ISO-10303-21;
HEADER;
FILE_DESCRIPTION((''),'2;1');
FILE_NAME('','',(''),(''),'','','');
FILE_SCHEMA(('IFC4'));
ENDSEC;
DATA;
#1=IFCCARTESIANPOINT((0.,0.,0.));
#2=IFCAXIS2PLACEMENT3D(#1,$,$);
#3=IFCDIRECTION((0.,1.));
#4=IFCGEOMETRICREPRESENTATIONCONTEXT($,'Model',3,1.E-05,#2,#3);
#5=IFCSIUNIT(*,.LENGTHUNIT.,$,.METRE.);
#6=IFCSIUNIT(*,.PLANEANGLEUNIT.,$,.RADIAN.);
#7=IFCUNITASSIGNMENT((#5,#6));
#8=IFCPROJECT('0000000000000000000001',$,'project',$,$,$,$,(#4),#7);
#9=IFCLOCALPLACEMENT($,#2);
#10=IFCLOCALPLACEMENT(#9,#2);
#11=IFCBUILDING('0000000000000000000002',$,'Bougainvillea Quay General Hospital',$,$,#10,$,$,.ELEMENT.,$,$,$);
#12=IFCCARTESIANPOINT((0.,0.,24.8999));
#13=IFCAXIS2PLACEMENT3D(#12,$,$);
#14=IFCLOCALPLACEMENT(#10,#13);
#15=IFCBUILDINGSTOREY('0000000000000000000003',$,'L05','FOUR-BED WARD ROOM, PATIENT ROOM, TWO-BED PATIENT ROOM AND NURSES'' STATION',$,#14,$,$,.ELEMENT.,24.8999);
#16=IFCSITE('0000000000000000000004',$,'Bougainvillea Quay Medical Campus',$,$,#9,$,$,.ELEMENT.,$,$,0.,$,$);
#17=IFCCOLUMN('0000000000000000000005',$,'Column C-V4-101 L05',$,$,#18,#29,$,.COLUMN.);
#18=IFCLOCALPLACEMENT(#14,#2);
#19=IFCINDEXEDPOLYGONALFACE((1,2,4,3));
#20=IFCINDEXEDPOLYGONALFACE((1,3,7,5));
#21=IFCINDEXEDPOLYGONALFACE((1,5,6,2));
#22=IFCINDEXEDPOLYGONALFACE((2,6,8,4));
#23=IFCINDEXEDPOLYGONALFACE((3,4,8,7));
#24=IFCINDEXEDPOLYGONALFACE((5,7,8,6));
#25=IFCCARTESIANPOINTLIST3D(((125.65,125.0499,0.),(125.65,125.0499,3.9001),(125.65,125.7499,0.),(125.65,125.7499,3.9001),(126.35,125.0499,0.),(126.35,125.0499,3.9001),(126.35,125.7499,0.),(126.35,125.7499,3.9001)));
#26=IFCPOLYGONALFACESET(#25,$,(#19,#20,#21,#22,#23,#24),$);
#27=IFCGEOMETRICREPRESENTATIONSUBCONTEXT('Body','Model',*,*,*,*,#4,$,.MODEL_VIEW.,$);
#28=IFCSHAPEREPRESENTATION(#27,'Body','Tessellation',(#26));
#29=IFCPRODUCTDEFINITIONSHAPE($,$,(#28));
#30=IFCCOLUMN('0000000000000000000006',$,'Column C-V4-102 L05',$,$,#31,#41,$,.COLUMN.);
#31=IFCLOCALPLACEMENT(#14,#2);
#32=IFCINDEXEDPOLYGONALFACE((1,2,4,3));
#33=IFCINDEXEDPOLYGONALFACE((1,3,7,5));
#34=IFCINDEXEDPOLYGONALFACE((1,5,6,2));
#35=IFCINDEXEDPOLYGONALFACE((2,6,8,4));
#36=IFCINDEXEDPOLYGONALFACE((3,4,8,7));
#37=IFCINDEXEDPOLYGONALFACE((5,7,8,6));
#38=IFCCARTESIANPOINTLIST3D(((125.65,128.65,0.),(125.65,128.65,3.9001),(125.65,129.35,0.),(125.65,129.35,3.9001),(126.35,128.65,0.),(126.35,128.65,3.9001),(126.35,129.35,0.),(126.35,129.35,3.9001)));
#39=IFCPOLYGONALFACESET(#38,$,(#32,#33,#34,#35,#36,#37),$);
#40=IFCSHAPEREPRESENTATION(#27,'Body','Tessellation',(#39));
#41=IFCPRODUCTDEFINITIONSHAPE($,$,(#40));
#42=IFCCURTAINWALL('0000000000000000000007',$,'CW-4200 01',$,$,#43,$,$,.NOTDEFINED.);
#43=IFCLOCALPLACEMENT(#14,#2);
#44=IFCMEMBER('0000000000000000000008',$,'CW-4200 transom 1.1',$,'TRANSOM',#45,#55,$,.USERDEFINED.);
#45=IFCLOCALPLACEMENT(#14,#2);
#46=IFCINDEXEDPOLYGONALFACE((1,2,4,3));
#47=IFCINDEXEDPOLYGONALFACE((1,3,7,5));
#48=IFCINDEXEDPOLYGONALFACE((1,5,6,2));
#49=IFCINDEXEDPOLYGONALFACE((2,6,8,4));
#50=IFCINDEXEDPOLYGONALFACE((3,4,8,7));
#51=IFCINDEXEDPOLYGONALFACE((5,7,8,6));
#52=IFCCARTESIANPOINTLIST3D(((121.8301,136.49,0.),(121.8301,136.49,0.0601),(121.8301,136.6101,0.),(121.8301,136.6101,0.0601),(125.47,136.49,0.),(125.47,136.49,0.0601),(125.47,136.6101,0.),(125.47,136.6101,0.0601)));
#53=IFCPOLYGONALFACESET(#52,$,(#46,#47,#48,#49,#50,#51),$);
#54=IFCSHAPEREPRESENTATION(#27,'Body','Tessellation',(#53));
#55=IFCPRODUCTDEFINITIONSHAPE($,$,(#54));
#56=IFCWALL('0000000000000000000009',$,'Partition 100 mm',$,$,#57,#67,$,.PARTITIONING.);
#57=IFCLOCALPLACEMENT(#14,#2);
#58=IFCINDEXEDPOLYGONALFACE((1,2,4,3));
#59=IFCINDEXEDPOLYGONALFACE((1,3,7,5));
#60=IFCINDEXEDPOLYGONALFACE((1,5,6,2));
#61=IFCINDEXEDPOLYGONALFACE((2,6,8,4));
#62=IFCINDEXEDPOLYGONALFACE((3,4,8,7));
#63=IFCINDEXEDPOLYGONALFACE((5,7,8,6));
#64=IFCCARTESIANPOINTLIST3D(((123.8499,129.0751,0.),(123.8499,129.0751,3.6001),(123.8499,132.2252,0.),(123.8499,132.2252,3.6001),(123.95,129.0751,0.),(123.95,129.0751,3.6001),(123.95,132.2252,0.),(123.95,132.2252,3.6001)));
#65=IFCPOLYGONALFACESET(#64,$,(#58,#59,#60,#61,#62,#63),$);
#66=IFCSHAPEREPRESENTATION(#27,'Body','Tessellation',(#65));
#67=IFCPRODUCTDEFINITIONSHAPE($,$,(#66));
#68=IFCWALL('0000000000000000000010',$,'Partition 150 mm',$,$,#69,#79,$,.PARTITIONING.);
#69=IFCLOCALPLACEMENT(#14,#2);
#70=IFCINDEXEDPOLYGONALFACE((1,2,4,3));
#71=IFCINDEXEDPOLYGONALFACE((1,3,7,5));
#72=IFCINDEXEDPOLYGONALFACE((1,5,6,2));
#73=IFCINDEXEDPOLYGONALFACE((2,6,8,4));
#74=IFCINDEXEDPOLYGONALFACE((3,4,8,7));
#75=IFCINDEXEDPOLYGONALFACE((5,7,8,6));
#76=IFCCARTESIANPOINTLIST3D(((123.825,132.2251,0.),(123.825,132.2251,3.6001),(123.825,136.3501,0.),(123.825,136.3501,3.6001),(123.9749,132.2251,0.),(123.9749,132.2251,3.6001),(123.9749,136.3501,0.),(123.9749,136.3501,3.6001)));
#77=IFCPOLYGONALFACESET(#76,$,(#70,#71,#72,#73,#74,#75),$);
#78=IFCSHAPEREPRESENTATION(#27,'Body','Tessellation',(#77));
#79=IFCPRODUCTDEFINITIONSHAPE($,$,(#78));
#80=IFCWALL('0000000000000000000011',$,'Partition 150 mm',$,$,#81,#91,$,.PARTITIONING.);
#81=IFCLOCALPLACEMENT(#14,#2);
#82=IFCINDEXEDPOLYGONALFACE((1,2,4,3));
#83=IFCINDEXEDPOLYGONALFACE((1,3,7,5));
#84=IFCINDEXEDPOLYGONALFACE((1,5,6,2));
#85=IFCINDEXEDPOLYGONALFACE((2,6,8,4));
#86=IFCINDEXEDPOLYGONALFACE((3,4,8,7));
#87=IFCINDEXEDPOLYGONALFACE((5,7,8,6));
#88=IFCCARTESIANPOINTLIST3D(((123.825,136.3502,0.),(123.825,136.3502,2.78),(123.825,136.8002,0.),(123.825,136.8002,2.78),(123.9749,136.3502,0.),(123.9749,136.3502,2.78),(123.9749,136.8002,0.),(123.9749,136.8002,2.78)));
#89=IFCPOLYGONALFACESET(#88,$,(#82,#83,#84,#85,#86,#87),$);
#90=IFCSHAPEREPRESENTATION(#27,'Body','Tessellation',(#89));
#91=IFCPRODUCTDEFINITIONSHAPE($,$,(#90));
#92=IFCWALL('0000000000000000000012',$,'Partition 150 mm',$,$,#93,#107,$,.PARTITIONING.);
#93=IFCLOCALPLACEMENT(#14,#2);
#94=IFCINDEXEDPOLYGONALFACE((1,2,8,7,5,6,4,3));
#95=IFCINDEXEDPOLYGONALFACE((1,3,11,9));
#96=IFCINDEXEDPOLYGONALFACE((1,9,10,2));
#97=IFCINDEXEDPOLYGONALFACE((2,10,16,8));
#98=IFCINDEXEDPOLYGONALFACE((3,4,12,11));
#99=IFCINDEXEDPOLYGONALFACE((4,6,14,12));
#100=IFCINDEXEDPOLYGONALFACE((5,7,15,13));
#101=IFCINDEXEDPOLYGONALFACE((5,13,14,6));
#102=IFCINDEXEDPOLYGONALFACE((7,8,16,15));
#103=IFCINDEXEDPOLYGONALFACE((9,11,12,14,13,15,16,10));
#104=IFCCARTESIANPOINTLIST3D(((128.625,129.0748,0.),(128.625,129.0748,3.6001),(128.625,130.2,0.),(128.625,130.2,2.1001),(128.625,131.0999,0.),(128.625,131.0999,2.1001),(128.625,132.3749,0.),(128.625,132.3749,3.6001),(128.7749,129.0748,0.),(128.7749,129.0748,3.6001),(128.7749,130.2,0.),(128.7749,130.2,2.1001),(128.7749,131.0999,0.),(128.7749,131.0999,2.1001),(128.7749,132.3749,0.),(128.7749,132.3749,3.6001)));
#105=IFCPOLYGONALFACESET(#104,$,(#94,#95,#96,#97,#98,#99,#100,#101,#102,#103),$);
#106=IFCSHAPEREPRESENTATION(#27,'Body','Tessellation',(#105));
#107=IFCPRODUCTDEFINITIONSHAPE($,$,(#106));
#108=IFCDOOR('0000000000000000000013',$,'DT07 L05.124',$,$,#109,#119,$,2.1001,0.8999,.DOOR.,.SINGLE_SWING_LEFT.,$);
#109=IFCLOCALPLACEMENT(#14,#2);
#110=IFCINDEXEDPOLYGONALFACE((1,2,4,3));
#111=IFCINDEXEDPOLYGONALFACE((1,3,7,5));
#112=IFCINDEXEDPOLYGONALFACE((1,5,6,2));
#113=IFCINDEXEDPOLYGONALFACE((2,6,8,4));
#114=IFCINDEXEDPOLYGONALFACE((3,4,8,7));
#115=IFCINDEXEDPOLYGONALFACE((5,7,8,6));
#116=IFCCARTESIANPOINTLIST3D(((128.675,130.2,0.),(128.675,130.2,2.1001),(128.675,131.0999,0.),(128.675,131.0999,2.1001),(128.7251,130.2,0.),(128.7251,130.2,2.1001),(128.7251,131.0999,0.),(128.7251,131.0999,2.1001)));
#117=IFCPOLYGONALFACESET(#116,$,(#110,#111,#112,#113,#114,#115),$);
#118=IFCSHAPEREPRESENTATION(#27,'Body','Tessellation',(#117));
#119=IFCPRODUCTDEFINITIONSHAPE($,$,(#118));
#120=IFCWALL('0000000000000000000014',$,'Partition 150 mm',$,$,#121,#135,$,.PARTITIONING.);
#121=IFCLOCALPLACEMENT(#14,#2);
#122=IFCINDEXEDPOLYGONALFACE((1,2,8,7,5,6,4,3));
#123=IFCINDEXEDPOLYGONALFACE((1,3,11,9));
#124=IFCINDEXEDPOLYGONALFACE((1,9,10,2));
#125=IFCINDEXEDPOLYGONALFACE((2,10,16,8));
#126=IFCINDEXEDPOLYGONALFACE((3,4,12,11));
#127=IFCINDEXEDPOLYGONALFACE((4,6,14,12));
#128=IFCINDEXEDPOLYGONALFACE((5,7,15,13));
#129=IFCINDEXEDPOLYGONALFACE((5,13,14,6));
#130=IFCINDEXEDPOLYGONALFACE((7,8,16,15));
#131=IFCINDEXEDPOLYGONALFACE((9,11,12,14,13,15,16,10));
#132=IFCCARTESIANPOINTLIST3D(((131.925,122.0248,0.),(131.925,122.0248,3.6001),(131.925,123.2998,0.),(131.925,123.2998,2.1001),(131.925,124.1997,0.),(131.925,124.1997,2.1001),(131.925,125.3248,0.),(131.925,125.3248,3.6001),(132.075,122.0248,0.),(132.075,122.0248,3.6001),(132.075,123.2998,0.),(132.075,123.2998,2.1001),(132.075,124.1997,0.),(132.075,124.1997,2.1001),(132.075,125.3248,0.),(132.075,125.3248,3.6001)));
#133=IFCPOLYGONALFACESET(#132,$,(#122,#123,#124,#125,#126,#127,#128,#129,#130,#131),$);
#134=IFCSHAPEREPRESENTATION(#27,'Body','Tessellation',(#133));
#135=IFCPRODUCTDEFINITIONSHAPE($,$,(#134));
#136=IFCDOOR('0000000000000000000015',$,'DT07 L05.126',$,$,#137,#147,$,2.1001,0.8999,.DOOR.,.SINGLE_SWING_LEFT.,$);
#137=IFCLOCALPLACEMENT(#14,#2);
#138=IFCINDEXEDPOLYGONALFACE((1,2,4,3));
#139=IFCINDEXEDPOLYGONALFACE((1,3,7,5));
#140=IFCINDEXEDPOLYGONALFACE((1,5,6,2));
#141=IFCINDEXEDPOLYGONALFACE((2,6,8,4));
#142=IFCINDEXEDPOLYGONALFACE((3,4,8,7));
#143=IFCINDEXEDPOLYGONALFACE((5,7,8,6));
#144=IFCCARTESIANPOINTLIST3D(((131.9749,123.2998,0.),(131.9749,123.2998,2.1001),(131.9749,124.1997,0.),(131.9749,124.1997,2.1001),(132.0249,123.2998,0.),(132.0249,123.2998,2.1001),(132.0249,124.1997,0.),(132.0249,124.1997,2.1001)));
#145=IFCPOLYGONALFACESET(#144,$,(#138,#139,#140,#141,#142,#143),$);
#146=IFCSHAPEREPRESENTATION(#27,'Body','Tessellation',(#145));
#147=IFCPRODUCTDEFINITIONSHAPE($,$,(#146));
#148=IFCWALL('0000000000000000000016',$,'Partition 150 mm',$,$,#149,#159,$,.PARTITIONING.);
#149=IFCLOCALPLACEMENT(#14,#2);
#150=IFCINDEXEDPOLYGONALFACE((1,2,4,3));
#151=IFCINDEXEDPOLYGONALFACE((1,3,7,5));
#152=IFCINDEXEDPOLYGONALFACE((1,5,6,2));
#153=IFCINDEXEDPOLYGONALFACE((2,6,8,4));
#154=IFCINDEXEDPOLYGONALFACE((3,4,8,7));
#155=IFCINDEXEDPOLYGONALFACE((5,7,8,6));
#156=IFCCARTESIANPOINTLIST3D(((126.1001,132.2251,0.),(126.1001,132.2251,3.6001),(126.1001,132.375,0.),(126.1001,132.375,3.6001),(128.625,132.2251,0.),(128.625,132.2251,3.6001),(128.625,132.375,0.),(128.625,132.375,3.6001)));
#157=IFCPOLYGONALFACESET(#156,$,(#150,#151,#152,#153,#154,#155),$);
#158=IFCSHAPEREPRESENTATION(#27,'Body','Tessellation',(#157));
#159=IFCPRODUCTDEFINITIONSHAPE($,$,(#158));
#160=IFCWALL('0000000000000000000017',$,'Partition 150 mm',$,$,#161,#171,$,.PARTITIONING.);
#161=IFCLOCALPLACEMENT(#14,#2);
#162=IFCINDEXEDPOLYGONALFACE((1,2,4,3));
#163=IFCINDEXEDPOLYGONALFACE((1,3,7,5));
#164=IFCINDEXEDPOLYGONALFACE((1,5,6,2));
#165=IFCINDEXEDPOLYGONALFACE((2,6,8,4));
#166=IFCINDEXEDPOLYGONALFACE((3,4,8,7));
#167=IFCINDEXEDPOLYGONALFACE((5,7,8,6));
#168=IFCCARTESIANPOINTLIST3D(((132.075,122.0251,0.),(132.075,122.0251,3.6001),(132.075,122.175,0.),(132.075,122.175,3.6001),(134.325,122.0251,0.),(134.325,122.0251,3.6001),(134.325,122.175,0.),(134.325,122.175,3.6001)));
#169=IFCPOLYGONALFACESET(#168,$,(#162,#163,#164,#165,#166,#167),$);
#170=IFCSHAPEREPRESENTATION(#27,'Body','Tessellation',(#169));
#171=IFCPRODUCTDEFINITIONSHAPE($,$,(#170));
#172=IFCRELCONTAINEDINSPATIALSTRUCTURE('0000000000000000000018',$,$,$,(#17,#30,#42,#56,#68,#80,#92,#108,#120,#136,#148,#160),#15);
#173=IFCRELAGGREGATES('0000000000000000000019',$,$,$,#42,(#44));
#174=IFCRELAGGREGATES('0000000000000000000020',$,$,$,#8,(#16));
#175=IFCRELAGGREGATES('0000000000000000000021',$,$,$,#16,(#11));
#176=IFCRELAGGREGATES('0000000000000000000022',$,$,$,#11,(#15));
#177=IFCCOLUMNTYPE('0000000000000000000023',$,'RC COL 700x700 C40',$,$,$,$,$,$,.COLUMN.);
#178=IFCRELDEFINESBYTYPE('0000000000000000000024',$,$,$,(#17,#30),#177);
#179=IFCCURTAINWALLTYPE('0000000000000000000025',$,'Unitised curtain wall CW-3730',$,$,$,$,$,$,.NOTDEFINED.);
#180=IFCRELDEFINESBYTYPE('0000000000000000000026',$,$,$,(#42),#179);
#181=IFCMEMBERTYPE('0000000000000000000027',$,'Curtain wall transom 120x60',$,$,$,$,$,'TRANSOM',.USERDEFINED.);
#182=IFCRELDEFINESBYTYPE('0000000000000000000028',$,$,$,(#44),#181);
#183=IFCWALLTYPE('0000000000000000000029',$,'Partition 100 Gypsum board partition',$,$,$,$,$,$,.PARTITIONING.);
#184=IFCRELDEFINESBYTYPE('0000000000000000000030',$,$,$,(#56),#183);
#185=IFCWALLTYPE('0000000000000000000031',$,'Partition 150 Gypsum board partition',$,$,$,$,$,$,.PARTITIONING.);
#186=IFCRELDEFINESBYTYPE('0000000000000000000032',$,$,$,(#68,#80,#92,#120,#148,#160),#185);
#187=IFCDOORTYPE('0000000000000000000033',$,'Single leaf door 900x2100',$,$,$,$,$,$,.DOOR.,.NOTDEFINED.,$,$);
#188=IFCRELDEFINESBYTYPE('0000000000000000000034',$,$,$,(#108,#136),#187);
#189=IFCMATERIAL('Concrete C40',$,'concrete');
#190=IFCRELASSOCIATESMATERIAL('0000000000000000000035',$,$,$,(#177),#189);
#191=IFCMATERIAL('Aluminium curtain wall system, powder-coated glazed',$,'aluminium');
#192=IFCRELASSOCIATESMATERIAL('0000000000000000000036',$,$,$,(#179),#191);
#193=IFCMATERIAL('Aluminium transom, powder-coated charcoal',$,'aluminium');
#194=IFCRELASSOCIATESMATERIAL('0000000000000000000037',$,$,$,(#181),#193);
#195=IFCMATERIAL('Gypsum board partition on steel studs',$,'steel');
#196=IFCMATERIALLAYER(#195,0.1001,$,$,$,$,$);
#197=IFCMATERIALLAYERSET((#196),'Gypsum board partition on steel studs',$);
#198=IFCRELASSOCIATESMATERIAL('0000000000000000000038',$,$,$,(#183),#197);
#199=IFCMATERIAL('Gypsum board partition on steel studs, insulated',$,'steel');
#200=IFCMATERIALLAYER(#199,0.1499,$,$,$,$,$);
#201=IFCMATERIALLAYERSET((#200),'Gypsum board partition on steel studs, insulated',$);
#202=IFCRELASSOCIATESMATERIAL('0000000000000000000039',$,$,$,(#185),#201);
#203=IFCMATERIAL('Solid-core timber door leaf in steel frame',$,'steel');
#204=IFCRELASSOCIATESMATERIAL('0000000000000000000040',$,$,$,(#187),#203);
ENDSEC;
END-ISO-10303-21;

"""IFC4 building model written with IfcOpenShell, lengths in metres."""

from ifc_helpers import new_model, si_unit, direction, frame, frame_2d, origin, origin_2d, place, context, subcontext, project, spatial, rectangle, extrude, material, layer, layer_set, material_profile, profile_set, type_object, element, fill, aggregate, save


model = new_model("IFC4")

# Units and contexts
model_context = context("Model", 3, precision=1e-05, world=origin(), true_north=direction((0.0, 1.0)))
body_context = subcontext(model_context, "Body", "Model", "MODEL_VIEW")
ifc_project = project(units=[si_unit("LENGTHUNIT", "METRE"), si_unit("PLANEANGLEUNIT", "RADIAN")], contexts=[model_context])

# Site, building, storey
site_placement = place(None, origin())
site = spatial("IfcSite", under=ifc_project, at=site_placement, Name="Bougainvillea Quay Medical Campus", CompositionType="ELEMENT", RefElevation=0.0)
building_placement = place(site_placement, origin())
building = spatial("IfcBuilding", under=site, at=building_placement, Name="Bougainvillea Quay General Hospital", CompositionType="ELEMENT")
storey_placement = place(building_placement, frame((0.0, 0.0, 24.8999)))
storey = spatial("IfcBuildingStorey", under=building, at=storey_placement, Name="L05", Description="FOUR-BED WARD ROOM, PATIENT ROOM, TWO-BED PATIENT ROOM AND NURSES' STATION", CompositionType="ELEMENT", Elevation=24.8999)

# Columns
ifc_material_1 = material(Name="Concrete C40", Category="concrete")
ifc_material_profile_1 = material_profile(ifc_material_1, rectangle(XDim=0.7, YDim=0.7, at=origin_2d()))
ifc_profile_set_1 = profile_set([ifc_material_profile_1], Name="Concrete C40")
column_type = type_object("IfcColumnType", Name="RC COL 700x700 C40", PredefinedType="COLUMN", material=ifc_profile_set_1)
for number, where, z_axis, x_axis, name in (
    (1, (126.0, 125.3999, 0.0), (0.0, 0.0, 1.0), (1.0, 0.0, 0.0), "Column C-V4-101 L05"),
    (2, (126.0, 129.0, 0.0), (0.0, 0.0, 1.0), (1.0, 0.0, 0.0), "Column C-V4-102 L05"),
):
    element("IfcColumn", number, at=place(storey_placement, frame(where, z_axis=z_axis, x_axis=x_axis)), inside=storey, type_object=column_type, Name=name, PredefinedType="COLUMN", context=body_context, shape_type="SweptSolid", body=[
        extrude(rectangle(XDim=0.7, YDim=0.7, at=origin_2d()), origin(), (0.0, 0.0, 1.0), 3.9001),
    ])

# Curtain wall, member
ifc_material_2 = material(Name="Aluminium curtain wall system, powder-coated glazed", Category="aluminium")
curtain_wall_type = type_object("IfcCurtainWallType", Name="Unitised curtain wall CW-3730", PredefinedType="NOTDEFINED", material=ifc_material_2)
curtain_wall_placement = place(storey_placement, origin())
curtain_wall = element("IfcCurtainWall", 3, at=curtain_wall_placement, inside=storey, type_object=curtain_wall_type, Name="CW-4200 01", PredefinedType="NOTDEFINED")
ifc_material_3 = material(Name="Aluminium transom, powder-coated charcoal", Category="aluminium")
ifc_material_profile_2 = material_profile(ifc_material_3, rectangle(XDim=0.1201, YDim=0.0601, at=origin_2d()))
ifc_profile_set_2 = profile_set([ifc_material_profile_2], Name="Aluminium transom, powder-coated charcoal")
member_type = type_object("IfcMemberType", Name="Curtain wall transom 120x60", ElementType="TRANSOM", PredefinedType="USERDEFINED", material=ifc_profile_set_2)
member_placement = place(storey_placement, frame((125.47, 136.55, 0.03), z_axis=(-1.0, 0.0, 0.0), x_axis=(0.0, -1.0, 0.0)))
member = element("IfcMember", 4, at=member_placement, type_object=member_type, Name="CW-4200 transom 1.1", ObjectType="TRANSOM", PredefinedType="USERDEFINED", context=body_context, shape_type="SweptSolid", body=[
    extrude(rectangle(XDim=0.1201, YDim=0.0601, at=origin_2d()), origin(), (0.0, 0.0, 1.0), 3.6399),
])
aggregate(curtain_wall, [member])

# Walls
ifc_material_4 = material(Name="Gypsum board partition on steel studs", Category="steel")
ifc_layer_1 = layer(ifc_material_4, 0.1001)
ifc_layer_set_1 = layer_set([ifc_layer_1], Name="Gypsum board partition on steel studs")
wall_type_1 = type_object("IfcWallType", Name="Partition 100 Gypsum board partition", PredefinedType="PARTITIONING", material=ifc_layer_set_1)
wall_1_placement = place(storey_placement, frame((123.8999, 129.075, 0.0), z_axis=(0.0, 0.0, 1.0), x_axis=(0.0, 1.0, 0.0)))
element("IfcWall", 5, at=wall_1_placement, inside=storey, type_object=wall_type_1, Name="Partition 100 mm", PredefinedType="PARTITIONING", context=body_context, shape_type="SweptSolid", body=[
    extrude(rectangle(XDim=3.1501, YDim=0.1001, at=frame_2d((1.5752, 0.0))), origin(), (0.0, 0.0, 1.0), 3.6001),
])
ifc_material_5 = material(Name="Gypsum board partition on steel studs, insulated", Category="steel")
ifc_layer_2 = layer(ifc_material_5, 0.1499)
ifc_layer_set_2 = layer_set([ifc_layer_2], Name="Gypsum board partition on steel studs, insulated")
wall_type_2 = type_object("IfcWallType", Name="Partition 150 Gypsum board partition", PredefinedType="PARTITIONING", material=ifc_layer_set_2)
wall_2_placement = place(storey_placement, frame((123.8999, 132.2251, 0.0), z_axis=(0.0, 0.0, 1.0), x_axis=(0.0, 1.0, 0.0)))
element("IfcWall", 6, at=wall_2_placement, inside=storey, type_object=wall_type_2, Name="Partition 150 mm", PredefinedType="PARTITIONING", context=body_context, shape_type="SweptSolid", body=[
    extrude(rectangle(XDim=4.125, YDim=0.1499, at=frame_2d((2.0625, 0.0))), origin(), (0.0, 0.0, 1.0), 3.6001),
])
wall_3_placement = place(storey_placement, frame((123.8999, 136.3501, 0.0), z_axis=(0.0, 0.0, 1.0), x_axis=(0.0, 1.0, 0.0)))
element("IfcWall", 7, at=wall_3_placement, inside=storey, type_object=wall_type_2, Name="Partition 150 mm", PredefinedType="PARTITIONING", context=body_context, shape_type="SweptSolid", body=[
    extrude(rectangle(XDim=0.45, YDim=0.1499, at=frame_2d((0.2251, 0.0))), origin(), (0.0, 0.0, 1.0), 2.78),
])

# Walls, openings, doors
wall_4_placement = place(storey_placement, frame((128.7, 129.075, 0.0), z_axis=(0.0, 0.0, 1.0), x_axis=(0.0, 1.0, 0.0)))
wall_4 = element("IfcWall", 8, at=wall_4_placement, inside=storey, type_object=wall_type_2, Name="Partition 150 mm", PredefinedType="PARTITIONING", context=body_context, shape_type="SweptSolid", body=[
    extrude(rectangle(XDim=3.3, YDim=0.1499, at=frame_2d((1.6499, 0.0))), origin(), (0.0, 0.0, 1.0), 3.6001),
])
opening_1_placement = place(wall_4_placement, frame((1.125, 0.0, 0.0)))
opening_1 = element("IfcOpeningElement", 9, at=opening_1_placement, cuts=wall_4, PredefinedType="OPENING", context=body_context, shape_type="SweptSolid", body=[
    extrude(rectangle(XDim=0.8999, YDim=2.1001, at=frame_2d((0.45, 1.05))), frame((0.0, 0.085, 0.0), z_axis=(0.0, -1.0, 0.0), x_axis=(1.0, 0.0, 0.0)), (0.0, 0.0, 1.0), 0.1699),
])
ifc_material_6 = material(Name="Solid-core timber door leaf in steel frame", Category="steel")
door_type_1 = type_object("IfcDoorType", Name="Single leaf door 900x2100", OperationType="NOTDEFINED", PredefinedType="DOOR", material=ifc_material_6)
door_1_placement = place(opening_1_placement, origin())
door_1 = element("IfcDoor", 10, at=door_1_placement, inside=storey, type_object=door_type_1, Name="DT07 L05.124", OperationType="SINGLE_SWING_LEFT", OverallHeight=2.1001, OverallWidth=0.8999, PredefinedType="DOOR", context=body_context, shape_type="SweptSolid", body=[
    extrude(rectangle(XDim=0.8999, YDim=2.1001, at=frame_2d((0.45, 1.05))), frame((0.0, 0.0249, 0.0), z_axis=(0.0, -1.0, 0.0), x_axis=(1.0, 0.0, 0.0)), (0.0, 0.0, 1.0), 0.05),
])
fill(opening_1, door_1)
wall_5_placement = place(storey_placement, frame((132.0, 122.0249, 0.0), z_axis=(0.0, 0.0, 1.0), x_axis=(0.0, 1.0, 0.0)))
wall_5 = element("IfcWall", 11, at=wall_5_placement, inside=storey, type_object=wall_type_2, Name="Partition 150 mm", PredefinedType="PARTITIONING", context=body_context, shape_type="SweptSolid", body=[
    extrude(rectangle(XDim=3.3, YDim=0.1499, at=frame_2d((1.6499, 0.0))), origin(), (0.0, 0.0, 1.0), 3.6001),
])
opening_2_placement = place(wall_5_placement, frame((1.2749, 0.0, 0.0)))
opening_2 = element("IfcOpeningElement", 12, at=opening_2_placement, cuts=wall_5, PredefinedType="OPENING", context=body_context, shape_type="SweptSolid", body=[
    extrude(rectangle(XDim=0.8999, YDim=2.1001, at=frame_2d((0.45, 1.05))), frame((0.0, 0.085, 0.0), z_axis=(0.0, -1.0, 0.0), x_axis=(1.0, 0.0, 0.0)), (0.0, 0.0, 1.0), 0.1699),
])
door_2_placement = place(opening_2_placement, frame((0.8999, 0.0, 0.0), z_axis=(0.0, 0.0, 1.0), x_axis=(-1.0, 0.0, 0.0)))
door_2 = element("IfcDoor", 13, at=door_2_placement, inside=storey, type_object=door_type_1, Name="DT07 L05.126", OperationType="SINGLE_SWING_LEFT", OverallHeight=2.1001, OverallWidth=0.8999, PredefinedType="DOOR", context=body_context, shape_type="SweptSolid", body=[
    extrude(rectangle(XDim=0.8999, YDim=2.1001, at=frame_2d((0.45, 1.05))), frame((0.0, 0.0249, 0.0), z_axis=(0.0, -1.0, 0.0), x_axis=(1.0, 0.0, 0.0)), (0.0, 0.0, 1.0), 0.05),
])
fill(opening_2, door_2)

# Walls
wall_6_placement = place(storey_placement, frame((126.1001, 132.3, 0.0), z_axis=(0.0, 0.0, 1.0), x_axis=(1.0, 0.0, 0.0)))
element("IfcWall", 14, at=wall_6_placement, inside=storey, type_object=wall_type_2, Name="Partition 150 mm", PredefinedType="PARTITIONING", context=body_context, shape_type="SweptSolid", body=[
    extrude(rectangle(XDim=2.5249, YDim=0.1499, at=frame_2d((1.2625, 0.0))), origin(), (0.0, 0.0, 1.0), 3.6001),
])
wall_7_placement = place(storey_placement, frame((132.075, 122.1001, 0.0), z_axis=(0.0, 0.0, 1.0), x_axis=(1.0, 0.0, 0.0)))
element("IfcWall", 15, at=wall_7_placement, inside=storey, type_object=wall_type_2, Name="Partition 150 mm", PredefinedType="PARTITIONING", context=body_context, shape_type="SweptSolid", body=[
    extrude(rectangle(XDim=2.25, YDim=0.1499, at=frame_2d((1.125, 0.0))), origin(), (0.0, 0.0, 1.0), 3.6001),
])

save(model, "model.ifc")
